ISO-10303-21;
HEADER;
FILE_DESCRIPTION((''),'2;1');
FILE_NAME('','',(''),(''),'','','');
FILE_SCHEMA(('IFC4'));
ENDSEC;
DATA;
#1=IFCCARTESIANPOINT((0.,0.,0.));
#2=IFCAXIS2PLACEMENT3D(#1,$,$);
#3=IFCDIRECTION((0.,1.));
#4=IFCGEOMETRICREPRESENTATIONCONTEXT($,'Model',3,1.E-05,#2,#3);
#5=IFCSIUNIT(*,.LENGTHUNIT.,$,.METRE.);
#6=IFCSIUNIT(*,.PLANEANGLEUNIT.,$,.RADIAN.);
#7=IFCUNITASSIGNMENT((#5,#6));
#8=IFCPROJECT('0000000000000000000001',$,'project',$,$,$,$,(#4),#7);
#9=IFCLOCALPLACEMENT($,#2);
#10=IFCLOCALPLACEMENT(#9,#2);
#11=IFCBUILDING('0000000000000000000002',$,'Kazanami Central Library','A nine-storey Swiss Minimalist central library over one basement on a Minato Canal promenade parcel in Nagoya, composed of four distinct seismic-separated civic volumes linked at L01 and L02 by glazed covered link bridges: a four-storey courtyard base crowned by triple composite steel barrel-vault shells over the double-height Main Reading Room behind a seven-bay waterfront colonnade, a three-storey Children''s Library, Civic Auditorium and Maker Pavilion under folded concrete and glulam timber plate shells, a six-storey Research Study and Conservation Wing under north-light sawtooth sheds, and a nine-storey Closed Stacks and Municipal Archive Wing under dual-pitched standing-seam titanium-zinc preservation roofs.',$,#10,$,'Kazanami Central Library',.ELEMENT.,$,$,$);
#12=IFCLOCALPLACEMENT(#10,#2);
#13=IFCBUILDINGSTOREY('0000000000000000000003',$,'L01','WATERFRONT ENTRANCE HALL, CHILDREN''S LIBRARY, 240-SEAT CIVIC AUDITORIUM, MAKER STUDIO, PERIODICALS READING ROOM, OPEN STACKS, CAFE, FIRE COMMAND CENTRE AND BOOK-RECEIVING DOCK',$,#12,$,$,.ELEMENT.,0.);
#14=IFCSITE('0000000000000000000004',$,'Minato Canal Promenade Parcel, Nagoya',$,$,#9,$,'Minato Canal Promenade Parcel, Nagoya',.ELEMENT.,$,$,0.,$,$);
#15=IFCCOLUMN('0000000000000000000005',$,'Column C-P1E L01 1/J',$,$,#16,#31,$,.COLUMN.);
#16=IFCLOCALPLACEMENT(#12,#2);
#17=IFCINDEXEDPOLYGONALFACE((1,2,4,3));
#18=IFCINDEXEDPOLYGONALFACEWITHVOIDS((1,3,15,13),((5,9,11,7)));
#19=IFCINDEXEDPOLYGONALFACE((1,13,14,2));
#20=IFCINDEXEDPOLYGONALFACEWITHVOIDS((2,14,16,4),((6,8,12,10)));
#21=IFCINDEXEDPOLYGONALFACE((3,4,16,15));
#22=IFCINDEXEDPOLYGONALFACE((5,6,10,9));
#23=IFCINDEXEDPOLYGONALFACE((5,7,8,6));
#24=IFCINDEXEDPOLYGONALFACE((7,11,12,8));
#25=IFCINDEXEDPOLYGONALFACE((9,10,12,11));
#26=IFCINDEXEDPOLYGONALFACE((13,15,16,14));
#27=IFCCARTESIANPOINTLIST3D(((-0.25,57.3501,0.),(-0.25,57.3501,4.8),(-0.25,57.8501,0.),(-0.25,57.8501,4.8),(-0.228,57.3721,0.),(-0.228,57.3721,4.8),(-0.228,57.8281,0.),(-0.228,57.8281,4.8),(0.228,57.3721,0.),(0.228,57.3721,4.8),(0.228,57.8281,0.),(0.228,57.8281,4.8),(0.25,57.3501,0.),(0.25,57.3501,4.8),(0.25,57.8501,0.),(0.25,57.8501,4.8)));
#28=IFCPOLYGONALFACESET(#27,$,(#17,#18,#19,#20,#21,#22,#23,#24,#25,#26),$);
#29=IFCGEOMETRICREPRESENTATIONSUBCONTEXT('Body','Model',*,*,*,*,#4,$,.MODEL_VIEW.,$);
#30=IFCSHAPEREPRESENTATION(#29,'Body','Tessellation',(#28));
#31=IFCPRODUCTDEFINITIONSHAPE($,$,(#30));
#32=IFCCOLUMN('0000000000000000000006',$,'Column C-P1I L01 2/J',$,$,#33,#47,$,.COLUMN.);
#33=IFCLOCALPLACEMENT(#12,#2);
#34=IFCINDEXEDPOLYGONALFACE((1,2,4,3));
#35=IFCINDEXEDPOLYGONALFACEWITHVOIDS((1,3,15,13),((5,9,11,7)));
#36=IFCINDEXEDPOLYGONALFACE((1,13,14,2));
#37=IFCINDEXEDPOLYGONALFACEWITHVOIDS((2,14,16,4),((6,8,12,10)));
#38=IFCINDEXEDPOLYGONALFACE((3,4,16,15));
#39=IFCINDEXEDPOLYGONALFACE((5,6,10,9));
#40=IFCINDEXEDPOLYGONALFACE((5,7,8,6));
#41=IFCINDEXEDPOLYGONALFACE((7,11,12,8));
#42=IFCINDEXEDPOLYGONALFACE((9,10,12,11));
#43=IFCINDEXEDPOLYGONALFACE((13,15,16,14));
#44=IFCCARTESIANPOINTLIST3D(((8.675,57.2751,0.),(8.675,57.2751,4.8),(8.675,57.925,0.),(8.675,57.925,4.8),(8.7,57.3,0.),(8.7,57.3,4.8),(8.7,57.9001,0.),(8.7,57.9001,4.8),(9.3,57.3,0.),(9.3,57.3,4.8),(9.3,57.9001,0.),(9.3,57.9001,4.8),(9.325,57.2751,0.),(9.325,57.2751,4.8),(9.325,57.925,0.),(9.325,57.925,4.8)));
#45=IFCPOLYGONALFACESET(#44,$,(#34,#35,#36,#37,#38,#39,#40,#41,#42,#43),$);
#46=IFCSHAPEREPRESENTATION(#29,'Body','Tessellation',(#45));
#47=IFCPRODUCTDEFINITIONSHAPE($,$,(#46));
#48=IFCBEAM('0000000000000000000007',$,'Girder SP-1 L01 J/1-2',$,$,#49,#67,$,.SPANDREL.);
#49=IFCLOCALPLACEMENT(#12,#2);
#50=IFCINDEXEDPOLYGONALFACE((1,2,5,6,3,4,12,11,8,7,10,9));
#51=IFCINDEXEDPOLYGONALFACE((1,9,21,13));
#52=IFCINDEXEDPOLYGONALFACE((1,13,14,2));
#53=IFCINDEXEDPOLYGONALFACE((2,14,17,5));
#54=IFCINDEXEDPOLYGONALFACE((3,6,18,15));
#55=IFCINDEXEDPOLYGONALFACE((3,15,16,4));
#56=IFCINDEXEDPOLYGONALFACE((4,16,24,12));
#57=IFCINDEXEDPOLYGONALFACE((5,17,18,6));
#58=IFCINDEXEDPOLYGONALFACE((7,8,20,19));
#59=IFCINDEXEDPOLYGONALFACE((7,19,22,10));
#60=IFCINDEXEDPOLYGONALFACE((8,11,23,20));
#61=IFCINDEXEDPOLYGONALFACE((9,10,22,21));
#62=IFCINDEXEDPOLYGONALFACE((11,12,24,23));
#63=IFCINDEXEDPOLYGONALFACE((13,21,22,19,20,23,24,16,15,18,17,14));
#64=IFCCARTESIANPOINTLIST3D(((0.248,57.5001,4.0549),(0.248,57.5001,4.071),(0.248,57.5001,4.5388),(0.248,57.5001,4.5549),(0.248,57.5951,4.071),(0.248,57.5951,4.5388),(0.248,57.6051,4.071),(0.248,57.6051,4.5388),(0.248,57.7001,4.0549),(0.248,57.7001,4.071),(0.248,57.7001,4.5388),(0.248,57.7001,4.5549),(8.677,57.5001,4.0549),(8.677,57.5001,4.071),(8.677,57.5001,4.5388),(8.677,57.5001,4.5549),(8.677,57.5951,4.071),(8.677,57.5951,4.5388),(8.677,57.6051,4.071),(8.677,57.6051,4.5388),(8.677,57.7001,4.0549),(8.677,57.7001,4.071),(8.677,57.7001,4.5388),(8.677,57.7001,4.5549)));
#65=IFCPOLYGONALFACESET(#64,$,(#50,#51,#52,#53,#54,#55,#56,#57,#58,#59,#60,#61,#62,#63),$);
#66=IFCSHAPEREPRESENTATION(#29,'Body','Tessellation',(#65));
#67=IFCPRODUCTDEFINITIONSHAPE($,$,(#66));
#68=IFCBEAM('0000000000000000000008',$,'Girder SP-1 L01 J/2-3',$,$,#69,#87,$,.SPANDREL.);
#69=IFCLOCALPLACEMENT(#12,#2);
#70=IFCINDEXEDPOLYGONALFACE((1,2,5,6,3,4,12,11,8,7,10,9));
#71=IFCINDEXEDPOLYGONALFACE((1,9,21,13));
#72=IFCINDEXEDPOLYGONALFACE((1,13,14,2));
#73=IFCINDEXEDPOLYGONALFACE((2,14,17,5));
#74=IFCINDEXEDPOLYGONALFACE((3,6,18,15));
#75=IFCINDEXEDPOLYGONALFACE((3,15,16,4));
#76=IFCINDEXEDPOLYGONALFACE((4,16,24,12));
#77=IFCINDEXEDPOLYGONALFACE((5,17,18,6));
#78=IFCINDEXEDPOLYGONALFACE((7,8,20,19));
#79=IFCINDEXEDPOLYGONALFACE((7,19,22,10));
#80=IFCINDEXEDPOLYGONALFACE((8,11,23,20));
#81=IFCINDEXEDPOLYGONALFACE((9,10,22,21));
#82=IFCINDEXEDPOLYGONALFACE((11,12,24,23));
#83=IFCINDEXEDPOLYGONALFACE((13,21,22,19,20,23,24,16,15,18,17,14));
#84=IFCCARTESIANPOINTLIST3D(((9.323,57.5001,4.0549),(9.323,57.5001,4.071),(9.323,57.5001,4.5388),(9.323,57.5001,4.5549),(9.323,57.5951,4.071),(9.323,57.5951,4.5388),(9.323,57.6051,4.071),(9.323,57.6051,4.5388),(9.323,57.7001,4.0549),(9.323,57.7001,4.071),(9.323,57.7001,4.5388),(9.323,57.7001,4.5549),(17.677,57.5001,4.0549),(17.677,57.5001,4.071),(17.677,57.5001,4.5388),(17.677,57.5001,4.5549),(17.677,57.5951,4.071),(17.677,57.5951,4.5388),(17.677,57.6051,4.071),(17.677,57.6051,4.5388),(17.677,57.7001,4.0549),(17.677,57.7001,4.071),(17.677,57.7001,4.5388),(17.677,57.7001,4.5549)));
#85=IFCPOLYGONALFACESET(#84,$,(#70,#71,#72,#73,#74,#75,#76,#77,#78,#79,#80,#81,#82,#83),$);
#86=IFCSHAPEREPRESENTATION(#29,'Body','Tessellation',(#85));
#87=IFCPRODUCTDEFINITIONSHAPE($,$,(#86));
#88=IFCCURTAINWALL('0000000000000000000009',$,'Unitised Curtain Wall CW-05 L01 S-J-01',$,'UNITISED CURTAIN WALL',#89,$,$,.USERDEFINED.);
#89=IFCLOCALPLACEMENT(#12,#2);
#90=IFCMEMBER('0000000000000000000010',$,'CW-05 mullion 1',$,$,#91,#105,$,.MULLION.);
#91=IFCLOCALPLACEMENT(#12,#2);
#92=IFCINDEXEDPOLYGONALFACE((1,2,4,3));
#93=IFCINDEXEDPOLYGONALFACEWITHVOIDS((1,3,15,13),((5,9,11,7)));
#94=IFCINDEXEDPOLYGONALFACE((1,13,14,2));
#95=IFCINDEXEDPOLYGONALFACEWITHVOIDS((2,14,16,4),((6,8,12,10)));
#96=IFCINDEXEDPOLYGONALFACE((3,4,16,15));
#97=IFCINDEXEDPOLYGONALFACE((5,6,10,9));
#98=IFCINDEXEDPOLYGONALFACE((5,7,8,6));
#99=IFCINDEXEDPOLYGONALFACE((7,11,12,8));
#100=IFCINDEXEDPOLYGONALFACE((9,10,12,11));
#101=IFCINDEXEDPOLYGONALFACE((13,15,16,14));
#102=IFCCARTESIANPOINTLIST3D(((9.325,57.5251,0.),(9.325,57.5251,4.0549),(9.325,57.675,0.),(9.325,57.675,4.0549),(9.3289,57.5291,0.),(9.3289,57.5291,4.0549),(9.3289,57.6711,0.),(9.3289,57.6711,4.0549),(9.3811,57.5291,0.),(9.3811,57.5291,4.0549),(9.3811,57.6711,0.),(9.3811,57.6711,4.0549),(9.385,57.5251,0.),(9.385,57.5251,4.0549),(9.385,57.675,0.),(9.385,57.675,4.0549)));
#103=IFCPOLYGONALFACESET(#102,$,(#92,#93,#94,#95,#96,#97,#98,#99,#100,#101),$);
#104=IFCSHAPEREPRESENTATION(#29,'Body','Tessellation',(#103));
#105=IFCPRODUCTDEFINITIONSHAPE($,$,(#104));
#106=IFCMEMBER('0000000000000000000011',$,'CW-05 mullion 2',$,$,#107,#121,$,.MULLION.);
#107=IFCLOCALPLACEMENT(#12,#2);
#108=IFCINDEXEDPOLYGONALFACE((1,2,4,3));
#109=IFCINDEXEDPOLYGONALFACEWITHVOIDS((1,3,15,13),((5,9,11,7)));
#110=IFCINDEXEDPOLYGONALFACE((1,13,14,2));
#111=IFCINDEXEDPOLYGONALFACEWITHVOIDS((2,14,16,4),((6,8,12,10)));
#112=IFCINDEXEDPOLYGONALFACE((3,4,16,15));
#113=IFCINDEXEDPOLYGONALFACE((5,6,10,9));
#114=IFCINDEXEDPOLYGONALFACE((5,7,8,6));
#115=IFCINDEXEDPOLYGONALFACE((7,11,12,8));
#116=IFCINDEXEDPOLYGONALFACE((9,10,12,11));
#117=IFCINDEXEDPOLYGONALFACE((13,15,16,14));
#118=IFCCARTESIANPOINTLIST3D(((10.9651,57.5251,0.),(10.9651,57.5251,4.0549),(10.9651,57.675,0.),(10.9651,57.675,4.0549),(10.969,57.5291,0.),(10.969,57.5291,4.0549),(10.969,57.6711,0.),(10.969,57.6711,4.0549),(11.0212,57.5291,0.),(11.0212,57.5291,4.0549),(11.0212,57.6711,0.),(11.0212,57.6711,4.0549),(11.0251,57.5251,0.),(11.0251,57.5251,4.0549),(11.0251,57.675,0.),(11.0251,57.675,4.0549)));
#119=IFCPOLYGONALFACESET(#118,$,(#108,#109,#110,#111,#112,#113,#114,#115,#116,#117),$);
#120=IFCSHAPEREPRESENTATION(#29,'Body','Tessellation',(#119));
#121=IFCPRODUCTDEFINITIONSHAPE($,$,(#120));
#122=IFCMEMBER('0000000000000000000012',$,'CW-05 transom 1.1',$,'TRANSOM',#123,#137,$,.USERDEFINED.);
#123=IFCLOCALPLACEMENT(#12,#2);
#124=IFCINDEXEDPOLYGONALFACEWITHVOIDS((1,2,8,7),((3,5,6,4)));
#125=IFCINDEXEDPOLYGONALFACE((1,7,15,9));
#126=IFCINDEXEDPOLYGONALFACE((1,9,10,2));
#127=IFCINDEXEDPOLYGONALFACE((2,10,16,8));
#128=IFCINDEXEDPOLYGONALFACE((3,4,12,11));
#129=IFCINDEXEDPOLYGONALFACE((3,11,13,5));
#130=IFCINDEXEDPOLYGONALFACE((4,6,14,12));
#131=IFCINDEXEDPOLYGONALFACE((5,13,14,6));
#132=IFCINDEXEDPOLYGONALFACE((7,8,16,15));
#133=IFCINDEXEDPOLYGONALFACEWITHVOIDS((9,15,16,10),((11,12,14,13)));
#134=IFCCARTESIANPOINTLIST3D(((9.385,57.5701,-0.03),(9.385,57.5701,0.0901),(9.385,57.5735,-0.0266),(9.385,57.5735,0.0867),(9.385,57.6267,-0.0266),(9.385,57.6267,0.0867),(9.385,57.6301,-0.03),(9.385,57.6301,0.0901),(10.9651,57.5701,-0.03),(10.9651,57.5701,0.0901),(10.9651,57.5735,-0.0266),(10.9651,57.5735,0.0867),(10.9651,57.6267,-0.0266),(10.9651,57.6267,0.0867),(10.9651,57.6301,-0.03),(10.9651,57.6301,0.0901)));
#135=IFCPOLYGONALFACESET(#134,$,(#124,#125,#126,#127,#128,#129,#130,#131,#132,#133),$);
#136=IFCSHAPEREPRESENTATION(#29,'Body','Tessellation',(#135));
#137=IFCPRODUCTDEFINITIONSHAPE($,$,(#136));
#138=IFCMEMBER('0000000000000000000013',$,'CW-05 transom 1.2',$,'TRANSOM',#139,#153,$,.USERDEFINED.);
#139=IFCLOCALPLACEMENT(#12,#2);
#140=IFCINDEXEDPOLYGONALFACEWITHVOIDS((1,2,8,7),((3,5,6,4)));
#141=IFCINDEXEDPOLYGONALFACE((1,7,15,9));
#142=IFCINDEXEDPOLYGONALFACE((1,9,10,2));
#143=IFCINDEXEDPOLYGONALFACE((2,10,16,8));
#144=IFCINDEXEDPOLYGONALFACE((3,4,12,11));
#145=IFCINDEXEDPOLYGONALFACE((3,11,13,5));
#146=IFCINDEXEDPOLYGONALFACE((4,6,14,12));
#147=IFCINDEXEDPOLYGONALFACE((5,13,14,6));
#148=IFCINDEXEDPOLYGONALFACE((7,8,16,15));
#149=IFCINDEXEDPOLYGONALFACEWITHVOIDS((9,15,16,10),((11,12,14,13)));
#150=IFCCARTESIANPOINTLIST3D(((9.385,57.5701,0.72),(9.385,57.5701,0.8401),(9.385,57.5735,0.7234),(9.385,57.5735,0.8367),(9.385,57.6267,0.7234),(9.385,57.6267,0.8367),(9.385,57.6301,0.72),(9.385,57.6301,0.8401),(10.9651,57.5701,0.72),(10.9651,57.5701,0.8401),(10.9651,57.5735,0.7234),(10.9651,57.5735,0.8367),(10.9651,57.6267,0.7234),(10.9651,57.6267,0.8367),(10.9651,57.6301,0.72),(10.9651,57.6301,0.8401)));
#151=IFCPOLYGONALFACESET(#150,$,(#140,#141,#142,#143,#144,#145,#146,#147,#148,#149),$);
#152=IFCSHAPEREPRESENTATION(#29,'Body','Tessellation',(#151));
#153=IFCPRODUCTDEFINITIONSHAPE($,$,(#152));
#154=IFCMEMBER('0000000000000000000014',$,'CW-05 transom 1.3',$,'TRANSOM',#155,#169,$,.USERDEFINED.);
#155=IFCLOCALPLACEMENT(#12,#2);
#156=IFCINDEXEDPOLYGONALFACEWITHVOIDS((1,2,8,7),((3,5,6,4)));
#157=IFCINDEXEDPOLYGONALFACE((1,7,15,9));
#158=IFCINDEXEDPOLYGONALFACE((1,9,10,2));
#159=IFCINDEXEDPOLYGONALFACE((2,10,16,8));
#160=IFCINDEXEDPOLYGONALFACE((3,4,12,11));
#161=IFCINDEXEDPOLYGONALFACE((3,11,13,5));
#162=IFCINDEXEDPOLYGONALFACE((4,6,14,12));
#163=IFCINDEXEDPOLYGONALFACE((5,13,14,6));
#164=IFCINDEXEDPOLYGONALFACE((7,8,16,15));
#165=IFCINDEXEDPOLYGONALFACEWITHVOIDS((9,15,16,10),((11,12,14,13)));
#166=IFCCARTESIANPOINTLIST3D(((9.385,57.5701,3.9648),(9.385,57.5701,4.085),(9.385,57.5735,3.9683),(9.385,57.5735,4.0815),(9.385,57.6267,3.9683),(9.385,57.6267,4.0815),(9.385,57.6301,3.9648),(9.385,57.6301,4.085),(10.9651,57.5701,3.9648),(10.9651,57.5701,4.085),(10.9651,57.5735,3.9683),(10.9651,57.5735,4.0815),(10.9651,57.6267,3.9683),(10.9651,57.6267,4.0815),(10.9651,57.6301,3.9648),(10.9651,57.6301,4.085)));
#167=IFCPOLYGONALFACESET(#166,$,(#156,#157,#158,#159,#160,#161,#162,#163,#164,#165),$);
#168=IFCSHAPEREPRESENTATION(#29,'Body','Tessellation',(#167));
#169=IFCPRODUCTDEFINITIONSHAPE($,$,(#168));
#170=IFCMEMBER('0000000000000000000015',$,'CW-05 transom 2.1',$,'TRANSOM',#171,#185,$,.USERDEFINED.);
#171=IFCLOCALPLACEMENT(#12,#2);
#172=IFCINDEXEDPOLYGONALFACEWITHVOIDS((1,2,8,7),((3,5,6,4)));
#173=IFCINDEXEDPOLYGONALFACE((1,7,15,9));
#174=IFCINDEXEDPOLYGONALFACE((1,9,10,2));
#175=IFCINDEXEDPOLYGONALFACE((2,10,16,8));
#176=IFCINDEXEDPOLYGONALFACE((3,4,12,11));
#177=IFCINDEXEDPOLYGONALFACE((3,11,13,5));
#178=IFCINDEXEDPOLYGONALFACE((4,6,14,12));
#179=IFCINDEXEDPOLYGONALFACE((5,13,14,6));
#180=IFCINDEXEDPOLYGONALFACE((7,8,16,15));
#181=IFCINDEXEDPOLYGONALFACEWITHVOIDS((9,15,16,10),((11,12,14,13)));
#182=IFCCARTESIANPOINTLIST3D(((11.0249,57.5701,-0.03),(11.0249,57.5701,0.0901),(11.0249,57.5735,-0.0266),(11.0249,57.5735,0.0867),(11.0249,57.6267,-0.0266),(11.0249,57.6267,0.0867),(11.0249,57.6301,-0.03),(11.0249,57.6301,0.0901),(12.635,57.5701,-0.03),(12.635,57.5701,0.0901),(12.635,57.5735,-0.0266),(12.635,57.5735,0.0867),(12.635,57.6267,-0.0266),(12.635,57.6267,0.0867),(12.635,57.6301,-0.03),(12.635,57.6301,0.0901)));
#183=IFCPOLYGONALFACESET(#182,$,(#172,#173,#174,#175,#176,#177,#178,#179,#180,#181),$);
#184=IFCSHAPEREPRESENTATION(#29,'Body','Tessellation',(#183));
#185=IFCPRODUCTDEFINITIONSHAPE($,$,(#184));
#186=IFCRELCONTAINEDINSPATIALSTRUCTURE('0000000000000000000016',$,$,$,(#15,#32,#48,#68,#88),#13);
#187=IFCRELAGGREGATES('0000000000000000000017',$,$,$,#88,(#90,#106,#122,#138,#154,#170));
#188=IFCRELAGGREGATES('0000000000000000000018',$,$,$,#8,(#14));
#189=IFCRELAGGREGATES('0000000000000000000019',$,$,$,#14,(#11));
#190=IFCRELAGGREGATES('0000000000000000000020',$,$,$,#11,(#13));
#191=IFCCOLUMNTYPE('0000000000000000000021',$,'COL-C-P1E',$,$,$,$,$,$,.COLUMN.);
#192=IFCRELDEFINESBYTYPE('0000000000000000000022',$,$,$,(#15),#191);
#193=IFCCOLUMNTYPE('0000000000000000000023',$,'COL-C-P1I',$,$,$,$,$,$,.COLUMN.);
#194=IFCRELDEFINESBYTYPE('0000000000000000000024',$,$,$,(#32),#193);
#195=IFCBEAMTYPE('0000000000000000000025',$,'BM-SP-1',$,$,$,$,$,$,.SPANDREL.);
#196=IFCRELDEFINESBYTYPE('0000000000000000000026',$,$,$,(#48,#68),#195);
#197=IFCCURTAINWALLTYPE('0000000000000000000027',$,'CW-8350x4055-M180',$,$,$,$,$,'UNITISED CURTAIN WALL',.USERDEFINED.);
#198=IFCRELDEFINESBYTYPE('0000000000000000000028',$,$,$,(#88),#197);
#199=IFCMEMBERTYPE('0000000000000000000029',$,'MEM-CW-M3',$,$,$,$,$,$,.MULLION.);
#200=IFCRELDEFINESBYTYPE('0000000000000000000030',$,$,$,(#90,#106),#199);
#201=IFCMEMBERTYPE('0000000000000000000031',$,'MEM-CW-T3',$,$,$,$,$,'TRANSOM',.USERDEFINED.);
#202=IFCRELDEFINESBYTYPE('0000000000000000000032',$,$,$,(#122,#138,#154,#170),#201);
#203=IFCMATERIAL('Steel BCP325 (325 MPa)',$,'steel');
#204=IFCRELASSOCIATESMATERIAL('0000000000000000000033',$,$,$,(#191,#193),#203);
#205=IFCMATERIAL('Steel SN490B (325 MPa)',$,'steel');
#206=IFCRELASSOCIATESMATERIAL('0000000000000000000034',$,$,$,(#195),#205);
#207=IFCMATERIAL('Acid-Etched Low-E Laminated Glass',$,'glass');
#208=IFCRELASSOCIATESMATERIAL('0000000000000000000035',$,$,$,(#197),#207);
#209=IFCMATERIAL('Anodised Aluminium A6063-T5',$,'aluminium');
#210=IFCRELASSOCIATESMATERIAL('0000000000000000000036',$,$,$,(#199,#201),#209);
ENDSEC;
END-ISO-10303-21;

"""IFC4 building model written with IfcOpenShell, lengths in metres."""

from ifc_helpers import new_model, si_unit, direction, frame, origin, origin_2d, place, context, subcontext, project, spatial, hollow_rectangle, i_section, extrude, material, material_profile, profile_set, type_object, element, aggregate, save


model = new_model("IFC4")

# Units and contexts
model_context = context("Model", 3, precision=1e-05, world=origin(), true_north=direction((0.0, 1.0)))
body_context = subcontext(model_context, "Body", "Model", "MODEL_VIEW")
ifc_project = project(units=[si_unit("LENGTHUNIT", "METRE"), si_unit("PLANEANGLEUNIT", "RADIAN")], contexts=[model_context])

# Site, building, storey
site_placement = place(None, origin())
site = spatial("IfcSite", under=ifc_project, at=site_placement, Name="Minato Canal Promenade Parcel, Nagoya", LongName="Minato Canal Promenade Parcel, Nagoya", CompositionType="ELEMENT", RefElevation=0.0)
building_placement = place(site_placement, origin())
building = spatial("IfcBuilding", under=site, at=building_placement, Name="Kazanami Central Library", Description="A nine-storey Swiss Minimalist central library over one basement on a Minato Canal promenade parcel in Nagoya, composed of four distinct seismic-separated civic volumes linked at L01 and L02 by glazed covered link bridges: a four-storey courtyard base crowned by triple composite steel barrel-vault shells over the double-height Main Reading Room behind a seven-bay waterfront colonnade, a three-storey Children's Library, Civic Auditorium and Maker Pavilion under folded concrete and glulam timber plate shells, a six-storey Research Study and Conservation Wing under north-light sawtooth sheds, and a nine-storey Closed Stacks and Municipal Archive Wing under dual-pitched standing-seam titanium-zinc preservation roofs.", LongName="Kazanami Central Library", CompositionType="ELEMENT")
storey_placement = place(building_placement, origin())
storey = spatial("IfcBuildingStorey", under=building, at=storey_placement, Name="L01", Description="WATERFRONT ENTRANCE HALL, CHILDREN'S LIBRARY, 240-SEAT CIVIC AUDITORIUM, MAKER STUDIO, PERIODICALS READING ROOM, OPEN STACKS, CAFE, FIRE COMMAND CENTRE AND BOOK-RECEIVING DOCK", CompositionType="ELEMENT", Elevation=0.0)

# Columns
ifc_material_1 = material(Name="Steel BCP325 (325 MPa)", Category="steel")
ifc_material_profile_1 = material_profile(ifc_material_1, hollow_rectangle(XDim=0.5, YDim=0.5, WallThickness=0.022, at=origin_2d()), Name="BCP-500x500x22")
ifc_profile_set_1 = profile_set([ifc_material_profile_1], Name="Steel BCP325 (325 MPa)")
column_type_1 = type_object("IfcColumnType", Name="COL-C-P1E", PredefinedType="COLUMN", material=ifc_profile_set_1)
column_1_placement = place(storey_placement, frame((0.0, 57.6001, 0.0), z_axis=(0.0, 0.0, 1.0), x_axis=(1.0, 0.0, 0.0)))
element("IfcColumn", 1, at=column_1_placement, inside=storey, type_object=column_type_1, Name="Column C-P1E L01 1/J", PredefinedType="COLUMN", context=body_context, shape_type="SweptSolid", body=[
    extrude(hollow_rectangle(XDim=0.5, YDim=0.5, WallThickness=0.022, at=origin_2d()), origin(), (0.0, 0.0, 1.0), 4.8),
])
ifc_material_profile_2 = material_profile(ifc_material_1, hollow_rectangle(XDim=0.6499, YDim=0.6499, WallThickness=0.0249, at=origin_2d()), Name="BCP-650x650x25")
ifc_profile_set_2 = profile_set([ifc_material_profile_2], Name="Steel BCP325 (325 MPa)")
column_type_2 = type_object("IfcColumnType", Name="COL-C-P1I", PredefinedType="COLUMN", material=ifc_profile_set_2)
column_2_placement = place(storey_placement, frame((9.0, 57.6001, 0.0), z_axis=(0.0, 0.0, 1.0), x_axis=(1.0, 0.0, 0.0)))
element("IfcColumn", 2, at=column_2_placement, inside=storey, type_object=column_type_2, Name="Column C-P1I L01 2/J", PredefinedType="COLUMN", context=body_context, shape_type="SweptSolid", body=[
    extrude(hollow_rectangle(XDim=0.6499, YDim=0.6499, WallThickness=0.0249, at=origin_2d()), origin(), (0.0, 0.0, 1.0), 4.8),
])

# Beams
ifc_material_2 = material(Name="Steel SN490B (325 MPa)", Category="steel")
ifc_material_profile_3 = material_profile(ifc_material_2, i_section(OverallWidth=0.2, OverallDepth=0.5, WebThickness=0.01, FlangeThickness=0.0161, at=origin_2d()), Name="H-500x200x10x16")
ifc_profile_set_3 = profile_set([ifc_material_profile_3], Name="Steel SN490B (325 MPa)")
beam_type = type_object("IfcBeamType", Name="BM-SP-1", PredefinedType="SPANDREL", material=ifc_profile_set_3)
beam_1_placement = place(storey_placement, frame((0.248, 57.6001, 4.3049), z_axis=(1.0, 0.0, 0.0), x_axis=(0.0, 1.0, 0.0)))
element("IfcBeam", 3, at=beam_1_placement, inside=storey, type_object=beam_type, Name="Girder SP-1 L01 J/1-2", PredefinedType="SPANDREL", context=body_context, shape_type="SweptSolid", body=[
    extrude(i_section(OverallWidth=0.2, OverallDepth=0.5, WebThickness=0.01, FlangeThickness=0.0161, at=origin_2d()), origin(), (0.0, 0.0, 1.0), 8.429),
])
beam_2_placement = place(storey_placement, frame((9.323, 57.6001, 4.3049), z_axis=(1.0, 0.0, 0.0), x_axis=(0.0, 1.0, 0.0)))
element("IfcBeam", 4, at=beam_2_placement, inside=storey, type_object=beam_type, Name="Girder SP-1 L01 J/2-3", PredefinedType="SPANDREL", context=body_context, shape_type="SweptSolid", body=[
    extrude(i_section(OverallWidth=0.2, OverallDepth=0.5, WebThickness=0.01, FlangeThickness=0.0161, at=origin_2d()), origin(), (0.0, 0.0, 1.0), 8.354),
])

# Curtain wall, members
ifc_material_3 = material(Name="Acid-Etched Low-E Laminated Glass", Category="glass")
curtain_wall_type = type_object("IfcCurtainWallType", Name="CW-8350x4055-M180", ElementType="UNITISED CURTAIN WALL", PredefinedType="USERDEFINED", material=ifc_material_3)
curtain_wall_placement = place(storey_placement, origin())
curtain_wall = element("IfcCurtainWall", 5, at=curtain_wall_placement, inside=storey, type_object=curtain_wall_type, Name="Unitised Curtain Wall CW-05 L01 S-J-01", ObjectType="UNITISED CURTAIN WALL", PredefinedType="USERDEFINED")
ifc_material_4 = material(Name="Anodised Aluminium A6063-T5", Category="aluminium")
ifc_material_profile_4 = material_profile(ifc_material_4, hollow_rectangle(XDim=0.0601, YDim=0.1499, WallThickness=0.0039, at=origin_2d()), Name="ALU-MULL-60x150x4")
ifc_profile_set_4 = profile_set([ifc_material_profile_4], Name="Anodised Aluminium A6063-T5")
member_type_1 = type_object("IfcMemberType", Name="MEM-CW-M3", PredefinedType="MULLION", material=ifc_profile_set_4)
member_1_placement = place(storey_placement, frame((9.355, 57.6001, 0.0), z_axis=(0.0, 0.0, 1.0), x_axis=(1.0, 0.0, 0.0)))
member_1 = element("IfcMember", 6, at=member_1_placement, type_object=member_type_1, Name="CW-05 mullion 1", PredefinedType="MULLION", context=body_context, shape_type="SweptSolid", body=[
    extrude(hollow_rectangle(XDim=0.0601, YDim=0.1499, WallThickness=0.0039, at=origin_2d()), origin(), (0.0, 0.0, 1.0), 4.0549),
])
member_2_placement = place(storey_placement, frame((10.9951, 57.6001, 0.0), z_axis=(0.0, 0.0, 1.0), x_axis=(1.0, 0.0, 0.0)))
member_2 = element("IfcMember", 7, at=member_2_placement, type_object=member_type_1, Name="CW-05 mullion 2", PredefinedType="MULLION", context=body_context, shape_type="SweptSolid", body=[
    extrude(hollow_rectangle(XDim=0.0601, YDim=0.1499, WallThickness=0.0039, at=origin_2d()), origin(), (0.0, 0.0, 1.0), 4.0549),
])
ifc_material_profile_5 = material_profile(ifc_material_4, hollow_rectangle(XDim=0.0601, YDim=0.1201, WallThickness=0.0034, at=origin_2d()), Name="ALU-TRAN-60x120x3.5")
ifc_profile_set_5 = profile_set([ifc_material_profile_5], Name="Anodised Aluminium A6063-T5")
member_type_2 = type_object("IfcMemberType", Name="MEM-CW-T3", ElementType="TRANSOM", PredefinedType="USERDEFINED", material=ifc_profile_set_5)
member_3_placement = place(storey_placement, frame((9.385, 57.6001, 0.03), z_axis=(1.0, 0.0, 0.0), x_axis=(0.0, 1.0, 0.0)))
member_3 = element("IfcMember", 8, at=member_3_placement, type_object=member_type_2, Name="CW-05 transom 1.1", ObjectType="TRANSOM", PredefinedType="USERDEFINED", context=body_context, shape_type="SweptSolid", body=[
    extrude(hollow_rectangle(XDim=0.0601, YDim=0.1201, WallThickness=0.0034, at=origin_2d()), origin(), (0.0, 0.0, 1.0), 1.5801),
])
member_4_placement = place(storey_placement, frame((9.385, 57.6001, 0.78), z_axis=(1.0, 0.0, 0.0), x_axis=(0.0, 1.0, 0.0)))
member_4 = element("IfcMember", 9, at=member_4_placement, type_object=member_type_2, Name="CW-05 transom 1.2", ObjectType="TRANSOM", PredefinedType="USERDEFINED", context=body_context, shape_type="SweptSolid", body=[
    extrude(hollow_rectangle(XDim=0.0601, YDim=0.1201, WallThickness=0.0034, at=origin_2d()), origin(), (0.0, 0.0, 1.0), 1.5801),
])
member_5_placement = place(storey_placement, frame((9.385, 57.6001, 4.0249), z_axis=(1.0, 0.0, 0.0), x_axis=(0.0, 1.0, 0.0)))
member_5 = element("IfcMember", 10, at=member_5_placement, type_object=member_type_2, Name="CW-05 transom 1.3", ObjectType="TRANSOM", PredefinedType="USERDEFINED", context=body_context, shape_type="SweptSolid", body=[
    extrude(hollow_rectangle(XDim=0.0601, YDim=0.1201, WallThickness=0.0034, at=origin_2d()), origin(), (0.0, 0.0, 1.0), 1.5801),
])
member_6_placement = place(storey_placement, frame((11.0249, 57.6001, 0.03), z_axis=(1.0, 0.0, 0.0), x_axis=(0.0, 1.0, 0.0)))
member_6 = element("IfcMember", 11, at=member_6_placement, type_object=member_type_2, Name="CW-05 transom 2.1", ObjectType="TRANSOM", PredefinedType="USERDEFINED", context=body_context, shape_type="SweptSolid", body=[
    extrude(hollow_rectangle(XDim=0.0601, YDim=0.1201, WallThickness=0.0034, at=origin_2d()), origin(), (0.0, 0.0, 1.0), 1.6101),
])
aggregate(curtain_wall, [member_1, member_2, member_3, member_4, member_5, member_6])

save(model, "model.ifc")
